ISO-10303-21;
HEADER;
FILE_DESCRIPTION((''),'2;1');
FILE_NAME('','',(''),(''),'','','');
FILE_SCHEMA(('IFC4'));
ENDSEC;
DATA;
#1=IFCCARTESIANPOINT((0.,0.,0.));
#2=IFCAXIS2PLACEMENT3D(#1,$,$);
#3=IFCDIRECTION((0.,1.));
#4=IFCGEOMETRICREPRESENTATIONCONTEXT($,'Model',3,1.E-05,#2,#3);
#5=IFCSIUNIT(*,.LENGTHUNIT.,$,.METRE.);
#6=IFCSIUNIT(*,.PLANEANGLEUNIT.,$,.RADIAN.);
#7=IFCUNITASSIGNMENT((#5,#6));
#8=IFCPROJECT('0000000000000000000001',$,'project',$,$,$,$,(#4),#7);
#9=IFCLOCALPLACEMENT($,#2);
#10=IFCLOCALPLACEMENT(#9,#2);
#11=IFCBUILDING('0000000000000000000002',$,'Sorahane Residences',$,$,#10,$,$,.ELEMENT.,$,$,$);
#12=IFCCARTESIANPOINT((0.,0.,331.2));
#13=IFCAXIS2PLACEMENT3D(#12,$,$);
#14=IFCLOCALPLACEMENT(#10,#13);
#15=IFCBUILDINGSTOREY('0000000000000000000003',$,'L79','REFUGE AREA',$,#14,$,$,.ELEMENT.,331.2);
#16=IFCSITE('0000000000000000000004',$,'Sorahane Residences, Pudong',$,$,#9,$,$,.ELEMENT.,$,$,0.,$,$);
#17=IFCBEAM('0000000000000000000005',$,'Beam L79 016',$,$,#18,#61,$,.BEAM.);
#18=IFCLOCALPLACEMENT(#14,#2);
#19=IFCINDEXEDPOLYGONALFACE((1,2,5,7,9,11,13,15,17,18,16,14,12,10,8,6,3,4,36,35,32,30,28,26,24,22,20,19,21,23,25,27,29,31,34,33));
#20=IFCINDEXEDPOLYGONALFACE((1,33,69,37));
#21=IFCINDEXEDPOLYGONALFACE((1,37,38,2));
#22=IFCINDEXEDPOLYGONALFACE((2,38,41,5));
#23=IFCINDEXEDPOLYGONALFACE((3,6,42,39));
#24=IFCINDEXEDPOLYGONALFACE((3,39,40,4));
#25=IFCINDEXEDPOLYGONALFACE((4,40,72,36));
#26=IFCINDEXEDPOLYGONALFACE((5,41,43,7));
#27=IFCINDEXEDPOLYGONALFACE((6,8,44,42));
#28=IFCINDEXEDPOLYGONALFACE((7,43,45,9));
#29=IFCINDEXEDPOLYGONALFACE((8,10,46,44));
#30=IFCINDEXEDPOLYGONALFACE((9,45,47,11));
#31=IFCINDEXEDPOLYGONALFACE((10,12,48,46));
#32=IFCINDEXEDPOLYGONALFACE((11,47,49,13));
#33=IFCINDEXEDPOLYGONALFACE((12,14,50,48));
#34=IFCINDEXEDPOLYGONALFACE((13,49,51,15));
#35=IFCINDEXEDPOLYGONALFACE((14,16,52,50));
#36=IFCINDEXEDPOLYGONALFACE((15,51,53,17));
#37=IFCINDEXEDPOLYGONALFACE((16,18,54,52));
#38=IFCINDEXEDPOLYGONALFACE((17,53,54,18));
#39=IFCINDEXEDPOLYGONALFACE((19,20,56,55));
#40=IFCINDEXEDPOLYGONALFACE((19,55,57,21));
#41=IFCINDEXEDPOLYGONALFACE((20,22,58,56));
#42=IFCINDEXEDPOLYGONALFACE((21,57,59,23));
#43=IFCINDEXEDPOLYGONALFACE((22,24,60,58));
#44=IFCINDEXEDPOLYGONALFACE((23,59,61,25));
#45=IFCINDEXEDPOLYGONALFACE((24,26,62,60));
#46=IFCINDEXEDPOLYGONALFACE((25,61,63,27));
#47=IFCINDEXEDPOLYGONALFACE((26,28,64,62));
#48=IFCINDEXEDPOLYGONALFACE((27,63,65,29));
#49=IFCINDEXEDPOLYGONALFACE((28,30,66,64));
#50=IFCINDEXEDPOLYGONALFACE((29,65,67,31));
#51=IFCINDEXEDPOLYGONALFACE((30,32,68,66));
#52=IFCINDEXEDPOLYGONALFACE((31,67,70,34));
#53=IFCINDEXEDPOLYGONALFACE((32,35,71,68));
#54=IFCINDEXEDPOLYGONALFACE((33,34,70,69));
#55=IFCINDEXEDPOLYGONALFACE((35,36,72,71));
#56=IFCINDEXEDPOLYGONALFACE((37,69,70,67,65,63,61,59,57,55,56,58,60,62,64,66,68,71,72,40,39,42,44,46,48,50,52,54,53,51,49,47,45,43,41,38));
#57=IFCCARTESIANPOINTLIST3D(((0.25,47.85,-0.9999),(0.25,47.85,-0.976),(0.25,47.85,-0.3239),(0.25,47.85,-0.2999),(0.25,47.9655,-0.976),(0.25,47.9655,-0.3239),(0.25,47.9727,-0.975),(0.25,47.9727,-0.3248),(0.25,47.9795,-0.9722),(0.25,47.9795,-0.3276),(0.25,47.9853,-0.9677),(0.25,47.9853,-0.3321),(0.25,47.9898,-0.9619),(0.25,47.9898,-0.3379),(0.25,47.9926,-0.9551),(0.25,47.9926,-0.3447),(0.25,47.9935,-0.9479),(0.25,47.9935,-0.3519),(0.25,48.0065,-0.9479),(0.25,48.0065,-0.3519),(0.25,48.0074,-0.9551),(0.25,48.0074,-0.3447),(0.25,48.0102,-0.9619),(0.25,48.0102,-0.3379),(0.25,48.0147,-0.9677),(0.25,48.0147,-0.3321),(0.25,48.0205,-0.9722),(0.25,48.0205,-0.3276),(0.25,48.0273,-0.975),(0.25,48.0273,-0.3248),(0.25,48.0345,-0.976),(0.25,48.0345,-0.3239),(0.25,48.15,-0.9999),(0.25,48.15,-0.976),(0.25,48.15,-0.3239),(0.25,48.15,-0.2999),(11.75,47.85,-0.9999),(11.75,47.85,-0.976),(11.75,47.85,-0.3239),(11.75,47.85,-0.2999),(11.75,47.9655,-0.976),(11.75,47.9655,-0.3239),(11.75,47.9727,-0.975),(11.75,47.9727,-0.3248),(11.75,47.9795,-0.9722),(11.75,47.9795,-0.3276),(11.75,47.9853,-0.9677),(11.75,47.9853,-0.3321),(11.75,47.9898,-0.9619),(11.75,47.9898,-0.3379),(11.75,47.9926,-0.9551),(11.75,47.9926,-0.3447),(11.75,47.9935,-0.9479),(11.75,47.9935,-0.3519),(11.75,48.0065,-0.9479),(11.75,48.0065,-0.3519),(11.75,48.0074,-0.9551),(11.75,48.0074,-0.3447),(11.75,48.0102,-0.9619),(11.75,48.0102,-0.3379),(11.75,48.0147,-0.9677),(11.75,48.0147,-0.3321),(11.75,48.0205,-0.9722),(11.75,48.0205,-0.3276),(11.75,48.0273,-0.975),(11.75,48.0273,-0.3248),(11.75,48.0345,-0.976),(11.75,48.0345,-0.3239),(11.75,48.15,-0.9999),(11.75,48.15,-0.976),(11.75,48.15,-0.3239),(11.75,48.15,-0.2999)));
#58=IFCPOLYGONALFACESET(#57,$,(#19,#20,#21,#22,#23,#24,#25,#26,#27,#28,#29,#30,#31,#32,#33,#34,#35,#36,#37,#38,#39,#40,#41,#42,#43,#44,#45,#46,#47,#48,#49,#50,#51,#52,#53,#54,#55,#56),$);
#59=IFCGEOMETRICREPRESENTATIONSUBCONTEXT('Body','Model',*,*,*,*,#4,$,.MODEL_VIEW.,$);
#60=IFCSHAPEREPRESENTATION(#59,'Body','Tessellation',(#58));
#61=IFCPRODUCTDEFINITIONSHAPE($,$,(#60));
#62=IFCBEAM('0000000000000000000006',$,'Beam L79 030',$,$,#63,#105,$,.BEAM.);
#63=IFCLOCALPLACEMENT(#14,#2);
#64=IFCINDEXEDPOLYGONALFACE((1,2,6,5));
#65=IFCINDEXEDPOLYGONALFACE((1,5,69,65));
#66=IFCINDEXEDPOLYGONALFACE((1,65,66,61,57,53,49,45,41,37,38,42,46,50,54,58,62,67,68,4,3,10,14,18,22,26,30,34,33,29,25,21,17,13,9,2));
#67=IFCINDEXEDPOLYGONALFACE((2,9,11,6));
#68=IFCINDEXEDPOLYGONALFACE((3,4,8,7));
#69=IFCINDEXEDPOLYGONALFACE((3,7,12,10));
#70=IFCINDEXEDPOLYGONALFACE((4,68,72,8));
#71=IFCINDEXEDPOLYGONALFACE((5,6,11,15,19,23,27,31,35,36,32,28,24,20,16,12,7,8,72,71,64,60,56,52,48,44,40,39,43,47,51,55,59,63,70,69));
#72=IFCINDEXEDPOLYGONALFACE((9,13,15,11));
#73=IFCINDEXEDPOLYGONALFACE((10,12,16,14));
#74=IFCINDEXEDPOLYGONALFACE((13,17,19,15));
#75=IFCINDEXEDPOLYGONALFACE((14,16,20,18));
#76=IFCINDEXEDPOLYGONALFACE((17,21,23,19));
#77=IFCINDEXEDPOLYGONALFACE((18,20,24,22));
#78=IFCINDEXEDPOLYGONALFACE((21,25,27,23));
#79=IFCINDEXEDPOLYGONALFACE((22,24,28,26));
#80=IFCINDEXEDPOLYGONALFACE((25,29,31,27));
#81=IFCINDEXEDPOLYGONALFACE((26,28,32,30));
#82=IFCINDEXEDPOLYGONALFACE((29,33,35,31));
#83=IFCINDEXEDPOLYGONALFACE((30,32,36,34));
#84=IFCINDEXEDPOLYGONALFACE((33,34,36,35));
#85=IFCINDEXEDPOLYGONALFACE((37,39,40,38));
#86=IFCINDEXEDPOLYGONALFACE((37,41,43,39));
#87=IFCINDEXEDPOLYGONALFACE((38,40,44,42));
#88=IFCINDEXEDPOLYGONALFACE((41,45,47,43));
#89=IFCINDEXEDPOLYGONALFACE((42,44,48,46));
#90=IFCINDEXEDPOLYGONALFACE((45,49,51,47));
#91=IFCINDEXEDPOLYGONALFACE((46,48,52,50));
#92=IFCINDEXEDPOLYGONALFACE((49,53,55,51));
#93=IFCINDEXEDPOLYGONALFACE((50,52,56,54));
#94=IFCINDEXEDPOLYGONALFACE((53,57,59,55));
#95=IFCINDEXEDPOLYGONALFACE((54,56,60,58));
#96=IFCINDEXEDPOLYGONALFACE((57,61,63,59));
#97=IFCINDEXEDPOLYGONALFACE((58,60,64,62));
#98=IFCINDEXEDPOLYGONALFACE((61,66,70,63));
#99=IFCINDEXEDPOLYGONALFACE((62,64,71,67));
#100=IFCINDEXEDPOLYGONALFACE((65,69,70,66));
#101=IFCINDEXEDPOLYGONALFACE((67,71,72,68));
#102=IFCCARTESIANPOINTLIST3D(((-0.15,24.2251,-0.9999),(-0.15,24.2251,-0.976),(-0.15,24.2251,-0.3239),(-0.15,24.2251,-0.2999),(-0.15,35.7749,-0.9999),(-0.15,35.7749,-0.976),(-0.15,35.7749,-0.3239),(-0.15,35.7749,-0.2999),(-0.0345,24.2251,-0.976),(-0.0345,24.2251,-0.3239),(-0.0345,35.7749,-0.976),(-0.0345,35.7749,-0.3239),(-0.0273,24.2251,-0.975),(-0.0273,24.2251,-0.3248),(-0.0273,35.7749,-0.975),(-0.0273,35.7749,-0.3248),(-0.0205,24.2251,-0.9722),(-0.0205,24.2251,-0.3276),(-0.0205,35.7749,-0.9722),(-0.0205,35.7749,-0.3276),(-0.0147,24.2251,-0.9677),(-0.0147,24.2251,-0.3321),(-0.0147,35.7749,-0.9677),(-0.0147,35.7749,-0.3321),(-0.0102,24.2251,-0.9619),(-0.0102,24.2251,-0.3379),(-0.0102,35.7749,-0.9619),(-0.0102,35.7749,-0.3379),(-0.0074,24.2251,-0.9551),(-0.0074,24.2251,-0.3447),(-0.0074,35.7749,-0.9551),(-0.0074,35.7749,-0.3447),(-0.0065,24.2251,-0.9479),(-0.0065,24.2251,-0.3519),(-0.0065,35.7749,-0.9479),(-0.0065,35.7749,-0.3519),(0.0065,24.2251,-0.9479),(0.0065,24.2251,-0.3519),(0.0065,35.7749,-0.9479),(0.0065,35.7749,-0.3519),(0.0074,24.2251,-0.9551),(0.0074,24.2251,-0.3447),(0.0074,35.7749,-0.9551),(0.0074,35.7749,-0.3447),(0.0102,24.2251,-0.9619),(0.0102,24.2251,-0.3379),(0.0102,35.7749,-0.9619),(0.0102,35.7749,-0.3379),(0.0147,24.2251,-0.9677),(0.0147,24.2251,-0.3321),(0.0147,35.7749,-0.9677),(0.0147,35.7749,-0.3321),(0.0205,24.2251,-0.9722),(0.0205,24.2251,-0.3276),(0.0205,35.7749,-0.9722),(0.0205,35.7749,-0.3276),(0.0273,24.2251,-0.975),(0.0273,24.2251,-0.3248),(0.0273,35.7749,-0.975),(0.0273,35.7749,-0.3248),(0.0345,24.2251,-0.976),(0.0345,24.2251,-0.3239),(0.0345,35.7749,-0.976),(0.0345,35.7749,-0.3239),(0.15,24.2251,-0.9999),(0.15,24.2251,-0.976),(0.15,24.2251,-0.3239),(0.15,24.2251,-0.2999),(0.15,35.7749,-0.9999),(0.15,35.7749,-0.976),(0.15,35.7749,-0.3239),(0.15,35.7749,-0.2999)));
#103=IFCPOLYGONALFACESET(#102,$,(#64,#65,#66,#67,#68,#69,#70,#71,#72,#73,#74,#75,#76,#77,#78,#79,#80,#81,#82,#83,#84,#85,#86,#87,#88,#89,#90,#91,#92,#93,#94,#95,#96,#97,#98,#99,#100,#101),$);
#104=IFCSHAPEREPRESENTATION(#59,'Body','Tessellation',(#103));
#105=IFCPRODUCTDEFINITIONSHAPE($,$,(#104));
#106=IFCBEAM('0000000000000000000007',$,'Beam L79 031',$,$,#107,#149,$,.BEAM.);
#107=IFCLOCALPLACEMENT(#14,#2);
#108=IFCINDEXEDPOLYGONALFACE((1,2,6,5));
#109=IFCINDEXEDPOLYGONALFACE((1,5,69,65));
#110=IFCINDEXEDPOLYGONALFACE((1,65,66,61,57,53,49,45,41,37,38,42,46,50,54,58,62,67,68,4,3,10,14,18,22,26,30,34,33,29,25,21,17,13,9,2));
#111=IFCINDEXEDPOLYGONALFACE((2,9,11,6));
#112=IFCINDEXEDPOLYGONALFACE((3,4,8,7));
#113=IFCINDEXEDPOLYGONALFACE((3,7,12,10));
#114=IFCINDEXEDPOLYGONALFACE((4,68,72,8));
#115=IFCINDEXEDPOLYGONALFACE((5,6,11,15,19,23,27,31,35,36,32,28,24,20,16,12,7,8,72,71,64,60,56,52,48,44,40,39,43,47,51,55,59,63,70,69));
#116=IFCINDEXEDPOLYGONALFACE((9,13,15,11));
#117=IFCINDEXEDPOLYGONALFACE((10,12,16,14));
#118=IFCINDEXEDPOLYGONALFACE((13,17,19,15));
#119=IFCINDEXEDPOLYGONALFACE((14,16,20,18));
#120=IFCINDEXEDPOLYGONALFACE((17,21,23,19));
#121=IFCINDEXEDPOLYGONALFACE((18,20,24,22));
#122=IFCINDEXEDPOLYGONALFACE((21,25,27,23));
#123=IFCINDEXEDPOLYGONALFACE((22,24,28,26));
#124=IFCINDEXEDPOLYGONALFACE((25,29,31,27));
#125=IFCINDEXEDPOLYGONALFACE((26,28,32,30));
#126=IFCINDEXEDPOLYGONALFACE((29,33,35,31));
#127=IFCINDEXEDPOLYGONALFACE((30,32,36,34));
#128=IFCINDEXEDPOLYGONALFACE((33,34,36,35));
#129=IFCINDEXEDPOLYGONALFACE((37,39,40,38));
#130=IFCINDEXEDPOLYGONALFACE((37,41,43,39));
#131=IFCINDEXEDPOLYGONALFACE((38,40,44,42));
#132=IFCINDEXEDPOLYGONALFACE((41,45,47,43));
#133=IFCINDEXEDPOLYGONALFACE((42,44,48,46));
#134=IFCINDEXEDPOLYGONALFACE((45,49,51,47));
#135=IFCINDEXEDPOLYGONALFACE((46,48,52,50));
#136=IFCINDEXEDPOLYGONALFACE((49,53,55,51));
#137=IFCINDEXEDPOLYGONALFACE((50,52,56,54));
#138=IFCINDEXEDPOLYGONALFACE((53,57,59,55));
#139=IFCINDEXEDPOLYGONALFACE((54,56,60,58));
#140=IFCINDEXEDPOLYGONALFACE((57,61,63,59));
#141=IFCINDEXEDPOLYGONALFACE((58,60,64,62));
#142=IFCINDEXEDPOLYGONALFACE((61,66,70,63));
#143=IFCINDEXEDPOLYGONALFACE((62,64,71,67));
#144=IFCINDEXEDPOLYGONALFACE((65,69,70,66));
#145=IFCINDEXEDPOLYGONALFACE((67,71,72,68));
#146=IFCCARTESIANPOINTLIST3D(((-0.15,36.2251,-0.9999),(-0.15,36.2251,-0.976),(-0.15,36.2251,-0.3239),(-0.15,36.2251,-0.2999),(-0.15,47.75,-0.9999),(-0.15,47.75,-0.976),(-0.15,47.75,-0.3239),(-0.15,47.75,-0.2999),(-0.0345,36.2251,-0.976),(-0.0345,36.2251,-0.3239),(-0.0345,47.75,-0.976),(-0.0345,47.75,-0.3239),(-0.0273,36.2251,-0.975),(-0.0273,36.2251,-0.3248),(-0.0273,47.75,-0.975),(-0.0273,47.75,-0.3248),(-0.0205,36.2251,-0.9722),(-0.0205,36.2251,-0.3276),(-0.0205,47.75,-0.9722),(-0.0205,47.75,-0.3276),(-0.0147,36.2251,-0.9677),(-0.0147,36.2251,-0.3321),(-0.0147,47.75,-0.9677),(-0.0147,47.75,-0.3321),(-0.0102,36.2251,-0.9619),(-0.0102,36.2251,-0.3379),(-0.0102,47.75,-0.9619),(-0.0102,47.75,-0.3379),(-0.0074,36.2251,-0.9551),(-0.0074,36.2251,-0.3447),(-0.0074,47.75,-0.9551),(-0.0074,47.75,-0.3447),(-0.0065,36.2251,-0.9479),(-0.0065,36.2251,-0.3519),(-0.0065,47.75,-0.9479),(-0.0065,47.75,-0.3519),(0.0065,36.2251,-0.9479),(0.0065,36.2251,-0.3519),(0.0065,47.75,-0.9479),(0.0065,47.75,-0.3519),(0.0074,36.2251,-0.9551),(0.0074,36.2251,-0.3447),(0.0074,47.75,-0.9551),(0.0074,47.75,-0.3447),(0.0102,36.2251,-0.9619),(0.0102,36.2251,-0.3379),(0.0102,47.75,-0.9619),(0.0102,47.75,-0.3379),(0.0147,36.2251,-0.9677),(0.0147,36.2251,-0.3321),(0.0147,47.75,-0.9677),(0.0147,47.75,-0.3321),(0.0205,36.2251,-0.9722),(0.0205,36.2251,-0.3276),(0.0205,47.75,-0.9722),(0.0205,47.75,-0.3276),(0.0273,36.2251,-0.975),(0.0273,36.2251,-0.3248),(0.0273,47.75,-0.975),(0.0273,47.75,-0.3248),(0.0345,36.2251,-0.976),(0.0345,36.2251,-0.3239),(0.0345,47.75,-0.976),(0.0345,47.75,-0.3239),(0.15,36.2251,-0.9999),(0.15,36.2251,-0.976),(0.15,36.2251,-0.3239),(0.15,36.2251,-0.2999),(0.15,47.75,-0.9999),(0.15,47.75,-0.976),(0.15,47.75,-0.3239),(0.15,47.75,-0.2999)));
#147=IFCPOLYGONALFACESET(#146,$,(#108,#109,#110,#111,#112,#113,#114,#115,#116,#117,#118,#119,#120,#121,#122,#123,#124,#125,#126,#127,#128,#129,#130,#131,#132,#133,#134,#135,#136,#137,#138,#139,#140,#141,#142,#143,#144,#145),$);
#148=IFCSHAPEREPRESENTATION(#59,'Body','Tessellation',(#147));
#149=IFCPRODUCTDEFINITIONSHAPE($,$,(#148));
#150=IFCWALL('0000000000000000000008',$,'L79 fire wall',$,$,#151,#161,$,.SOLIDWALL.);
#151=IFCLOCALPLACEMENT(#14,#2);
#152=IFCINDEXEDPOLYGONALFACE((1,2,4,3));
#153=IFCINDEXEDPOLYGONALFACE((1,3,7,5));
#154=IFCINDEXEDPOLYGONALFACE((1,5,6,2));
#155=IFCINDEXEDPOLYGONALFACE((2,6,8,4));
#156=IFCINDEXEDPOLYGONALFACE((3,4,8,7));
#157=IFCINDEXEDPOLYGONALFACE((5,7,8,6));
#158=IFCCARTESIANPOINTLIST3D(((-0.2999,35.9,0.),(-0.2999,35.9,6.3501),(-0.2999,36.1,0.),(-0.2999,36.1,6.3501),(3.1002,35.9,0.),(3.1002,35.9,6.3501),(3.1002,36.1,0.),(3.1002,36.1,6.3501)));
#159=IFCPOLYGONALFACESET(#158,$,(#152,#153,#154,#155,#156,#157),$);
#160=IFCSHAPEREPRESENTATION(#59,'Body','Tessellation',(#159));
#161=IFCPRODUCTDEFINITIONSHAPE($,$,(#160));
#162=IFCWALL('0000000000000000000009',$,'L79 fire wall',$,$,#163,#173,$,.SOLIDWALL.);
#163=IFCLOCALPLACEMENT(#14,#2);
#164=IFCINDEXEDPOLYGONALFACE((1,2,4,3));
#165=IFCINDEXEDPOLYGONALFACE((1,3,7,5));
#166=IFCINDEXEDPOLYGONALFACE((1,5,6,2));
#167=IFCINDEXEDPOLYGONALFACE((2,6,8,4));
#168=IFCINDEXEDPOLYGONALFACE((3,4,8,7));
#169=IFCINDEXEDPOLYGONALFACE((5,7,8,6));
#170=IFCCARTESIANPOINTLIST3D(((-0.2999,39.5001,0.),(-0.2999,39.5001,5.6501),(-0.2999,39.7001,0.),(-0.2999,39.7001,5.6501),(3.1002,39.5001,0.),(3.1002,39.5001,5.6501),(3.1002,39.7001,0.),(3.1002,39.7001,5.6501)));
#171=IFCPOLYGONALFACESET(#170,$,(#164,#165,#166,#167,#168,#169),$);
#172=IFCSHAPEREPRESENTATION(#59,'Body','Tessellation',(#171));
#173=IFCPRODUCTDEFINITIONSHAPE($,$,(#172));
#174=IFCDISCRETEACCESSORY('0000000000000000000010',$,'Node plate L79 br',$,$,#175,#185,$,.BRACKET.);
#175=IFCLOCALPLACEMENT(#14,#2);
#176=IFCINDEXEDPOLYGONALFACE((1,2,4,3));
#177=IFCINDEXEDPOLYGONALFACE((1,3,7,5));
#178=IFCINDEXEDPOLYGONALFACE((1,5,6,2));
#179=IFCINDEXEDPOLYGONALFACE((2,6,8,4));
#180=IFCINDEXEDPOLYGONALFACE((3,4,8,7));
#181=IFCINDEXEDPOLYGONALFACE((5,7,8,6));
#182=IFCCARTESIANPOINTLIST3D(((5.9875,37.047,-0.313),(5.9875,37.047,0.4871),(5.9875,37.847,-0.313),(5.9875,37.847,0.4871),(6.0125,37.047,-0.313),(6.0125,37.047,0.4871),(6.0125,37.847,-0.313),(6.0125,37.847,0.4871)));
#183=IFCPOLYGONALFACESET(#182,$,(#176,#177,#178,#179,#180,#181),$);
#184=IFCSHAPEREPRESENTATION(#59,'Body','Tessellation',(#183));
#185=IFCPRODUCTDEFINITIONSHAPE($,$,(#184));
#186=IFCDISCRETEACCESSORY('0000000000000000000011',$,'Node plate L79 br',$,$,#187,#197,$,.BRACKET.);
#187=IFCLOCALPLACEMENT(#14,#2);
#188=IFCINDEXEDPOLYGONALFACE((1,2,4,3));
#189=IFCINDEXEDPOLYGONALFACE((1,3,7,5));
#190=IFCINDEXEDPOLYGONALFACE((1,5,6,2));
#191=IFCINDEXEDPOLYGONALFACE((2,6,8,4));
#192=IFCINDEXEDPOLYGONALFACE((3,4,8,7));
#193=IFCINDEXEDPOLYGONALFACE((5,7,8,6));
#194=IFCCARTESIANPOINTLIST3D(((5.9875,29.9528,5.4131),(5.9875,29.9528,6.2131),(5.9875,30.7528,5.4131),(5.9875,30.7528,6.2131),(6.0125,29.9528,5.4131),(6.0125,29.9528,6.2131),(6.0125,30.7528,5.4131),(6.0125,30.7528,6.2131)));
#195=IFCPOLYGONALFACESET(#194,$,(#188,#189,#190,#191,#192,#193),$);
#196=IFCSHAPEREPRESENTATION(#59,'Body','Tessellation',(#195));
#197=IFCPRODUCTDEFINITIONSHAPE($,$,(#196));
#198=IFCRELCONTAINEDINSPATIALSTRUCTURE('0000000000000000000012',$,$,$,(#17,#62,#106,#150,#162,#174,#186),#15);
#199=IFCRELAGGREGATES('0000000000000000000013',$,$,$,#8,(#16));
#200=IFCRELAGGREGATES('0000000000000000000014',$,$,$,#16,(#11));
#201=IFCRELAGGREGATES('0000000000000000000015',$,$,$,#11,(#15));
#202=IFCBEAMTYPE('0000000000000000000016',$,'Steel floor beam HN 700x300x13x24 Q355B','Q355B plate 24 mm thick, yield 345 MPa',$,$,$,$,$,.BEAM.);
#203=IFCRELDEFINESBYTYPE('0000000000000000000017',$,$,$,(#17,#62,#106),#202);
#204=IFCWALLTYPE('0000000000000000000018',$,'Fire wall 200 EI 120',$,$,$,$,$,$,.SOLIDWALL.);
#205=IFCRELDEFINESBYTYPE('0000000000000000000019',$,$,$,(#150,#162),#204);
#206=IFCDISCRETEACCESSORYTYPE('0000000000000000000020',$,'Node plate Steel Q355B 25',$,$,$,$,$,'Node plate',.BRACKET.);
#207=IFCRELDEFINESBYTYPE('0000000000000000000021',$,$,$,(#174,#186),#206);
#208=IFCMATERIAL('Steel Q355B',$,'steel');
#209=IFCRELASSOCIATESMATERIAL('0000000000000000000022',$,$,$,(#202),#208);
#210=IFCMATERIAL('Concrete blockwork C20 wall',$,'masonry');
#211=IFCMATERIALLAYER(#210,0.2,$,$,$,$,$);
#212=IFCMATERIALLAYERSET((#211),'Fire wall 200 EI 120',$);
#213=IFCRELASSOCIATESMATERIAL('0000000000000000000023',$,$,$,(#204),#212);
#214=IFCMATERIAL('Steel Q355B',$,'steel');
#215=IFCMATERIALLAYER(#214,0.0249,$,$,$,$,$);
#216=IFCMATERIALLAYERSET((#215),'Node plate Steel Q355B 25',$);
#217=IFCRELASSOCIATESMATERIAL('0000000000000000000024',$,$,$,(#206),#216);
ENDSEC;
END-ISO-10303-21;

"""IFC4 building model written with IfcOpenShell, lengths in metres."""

from ifc_helpers import new_model, si_unit, direction, frame, frame_2d, origin, origin_2d, place, context, subcontext, project, spatial, rectangle, i_section, extrude, material, layer, layer_set, material_profile, profile_set, type_object, element, save


model = new_model("IFC4")

# Units and contexts
model_context = context("Model", 3, precision=1e-05, world=origin(), true_north=direction((0.0, 1.0)))
body_context = subcontext(model_context, "Body", "Model", "MODEL_VIEW")
ifc_project = project(units=[si_unit("LENGTHUNIT", "METRE"), si_unit("PLANEANGLEUNIT", "RADIAN")], contexts=[model_context])

# Site, building, storey
site_placement = place(None, origin())
site = spatial("IfcSite", under=ifc_project, at=site_placement, Name="Sorahane Residences, Pudong", CompositionType="ELEMENT", RefElevation=0.0)
building_placement = place(site_placement, origin())
building = spatial("IfcBuilding", under=site, at=building_placement, Name="Sorahane Residences", CompositionType="ELEMENT")
storey_placement = place(building_placement, frame((0.0, 0.0, 331.2)))
storey = spatial("IfcBuildingStorey", under=building, at=storey_placement, Name="L79", Description="REFUGE AREA", CompositionType="ELEMENT", Elevation=331.2)

# Beams
ifc_material_1 = material(Name="Steel Q355B", Category="steel")
ifc_material_profile_1 = material_profile(ifc_material_1, i_section(OverallWidth=0.3, OverallDepth=0.7, WebThickness=0.0129, FlangeThickness=0.0239, FilletRadius=0.0281, at=origin_2d()), Name="HN 700x300x13x24")
ifc_profile_set_1 = profile_set([ifc_material_profile_1], Name="Steel Q355B")
beam_type_1 = type_object("IfcBeamType", Name="Steel floor beam HN 700x300x13x24 Q355B", Description="Q355B plate 24 mm thick, yield 345 MPa", PredefinedType="BEAM", material=ifc_profile_set_1)
beam_1_placement = place(storey_placement, frame((0.25, 48.0, -0.6499), z_axis=(1.0, 0.0, 0.0), x_axis=(0.0, 1.0, 0.0)))
element("IfcBeam", 1, at=beam_1_placement, inside=storey, type_object=beam_type_1, Name="Beam L79 016", PredefinedType="BEAM", context=body_context, shape_type="SweptSolid", body=[
    extrude(i_section(OverallWidth=0.3, OverallDepth=0.7, WebThickness=0.0129, FlangeThickness=0.0239, FilletRadius=0.0281, at=origin_2d()), origin(), (0.0, 0.0, 1.0), 11.5),
])
beam_2_placement = place(storey_placement, frame((0.0, 24.2251, -0.6499), z_axis=(0.0, 1.0, 0.0), x_axis=(-1.0, 0.0, 0.0)))
element("IfcBeam", 2, at=beam_2_placement, inside=storey, type_object=beam_type_1, Name="Beam L79 030", PredefinedType="BEAM", context=body_context, shape_type="SweptSolid", body=[
    extrude(i_section(OverallWidth=0.3, OverallDepth=0.7, WebThickness=0.0129, FlangeThickness=0.0239, FilletRadius=0.0281, at=origin_2d()), origin(), (0.0, 0.0, 1.0), 11.5498),
])
beam_3_placement = place(storey_placement, frame((0.0, 36.2251, -0.6499), z_axis=(0.0, 1.0, 0.0), x_axis=(-1.0, 0.0, 0.0)))
element("IfcBeam", 3, at=beam_3_placement, inside=storey, type_object=beam_type_1, Name="Beam L79 031", PredefinedType="BEAM", context=body_context, shape_type="SweptSolid", body=[
    extrude(i_section(OverallWidth=0.3, OverallDepth=0.7, WebThickness=0.0129, FlangeThickness=0.0239, FilletRadius=0.0281, at=origin_2d()), origin(), (0.0, 0.0, 1.0), 11.5249),
])

# Shared definitions
ifc_material_2 = material(Name="Concrete blockwork C20 wall", Category="masonry")
ifc_layer_1 = layer(ifc_material_2, 0.2)
ifc_layer_set_1 = layer_set([ifc_layer_1], Name="Fire wall 200 EI 120")
wall_type = type_object("IfcWallType", Name="Fire wall 200 EI 120", PredefinedType="SOLIDWALL", material=ifc_layer_set_1)

# Walls
wall_1_placement = place(storey_placement, frame((-0.3, 36.0, 0.0), z_axis=(0.0, 0.0, 1.0), x_axis=(1.0, 0.0, 0.0)))
element("IfcWall", 4, at=wall_1_placement, inside=storey, type_object=wall_type, Name="L79 fire wall", PredefinedType="SOLIDWALL", context=body_context, shape_type="SweptSolid", body=[
    extrude(rectangle(XDim=3.4001, YDim=0.2, at=frame_2d((1.7002, 0.0))), origin(), (0.0, 0.0, 1.0), 6.3501),
])
wall_2_placement = place(storey_placement, frame((-0.3, 39.6001, 0.0), z_axis=(0.0, 0.0, 1.0), x_axis=(1.0, 0.0, 0.0)))
element("IfcWall", 5, at=wall_2_placement, inside=storey, type_object=wall_type, Name="L79 fire wall", PredefinedType="SOLIDWALL", context=body_context, shape_type="SweptSolid", body=[
    extrude(rectangle(XDim=3.4001, YDim=0.2, at=frame_2d((1.7002, 0.0))), origin(), (0.0, 0.0, 1.0), 5.6501),
])

# Discrete accessories
ifc_material_3 = material(Name="Steel Q355B", Category="steel")
ifc_layer_2 = layer(ifc_material_3, 0.0249)
ifc_layer_set_2 = layer_set([ifc_layer_2], Name="Node plate Steel Q355B 25")
discrete_accessory_type = type_object("IfcDiscreteAccessoryType", Name="Node plate Steel Q355B 25", ElementType="Node plate", PredefinedType="BRACKET", material=ifc_layer_set_2)
for number, where, z_axis, x_axis, name in (
    (6, (6.0, 37.447, -0.313), (0.0, 0.0, 1.0), (0.0, 1.0, 0.0), "Node plate L79 br"),
    (7, (6.0, 30.3528, 5.4131), (0.0, 0.0, 1.0), (0.0, 1.0, 0.0), "Node plate L79 br"),
):
    element("IfcDiscreteAccessory", number, at=place(storey_placement, frame(where, z_axis=z_axis, x_axis=x_axis)), inside=storey, type_object=discrete_accessory_type, Name=name, PredefinedType="BRACKET", context=body_context, shape_type="SweptSolid", body=[
        extrude(rectangle(XDim=0.8, YDim=0.0249, at=origin_2d()), origin(), (0.0, 0.0, 1.0), 0.8),
    ])

save(model, "model.ifc")
